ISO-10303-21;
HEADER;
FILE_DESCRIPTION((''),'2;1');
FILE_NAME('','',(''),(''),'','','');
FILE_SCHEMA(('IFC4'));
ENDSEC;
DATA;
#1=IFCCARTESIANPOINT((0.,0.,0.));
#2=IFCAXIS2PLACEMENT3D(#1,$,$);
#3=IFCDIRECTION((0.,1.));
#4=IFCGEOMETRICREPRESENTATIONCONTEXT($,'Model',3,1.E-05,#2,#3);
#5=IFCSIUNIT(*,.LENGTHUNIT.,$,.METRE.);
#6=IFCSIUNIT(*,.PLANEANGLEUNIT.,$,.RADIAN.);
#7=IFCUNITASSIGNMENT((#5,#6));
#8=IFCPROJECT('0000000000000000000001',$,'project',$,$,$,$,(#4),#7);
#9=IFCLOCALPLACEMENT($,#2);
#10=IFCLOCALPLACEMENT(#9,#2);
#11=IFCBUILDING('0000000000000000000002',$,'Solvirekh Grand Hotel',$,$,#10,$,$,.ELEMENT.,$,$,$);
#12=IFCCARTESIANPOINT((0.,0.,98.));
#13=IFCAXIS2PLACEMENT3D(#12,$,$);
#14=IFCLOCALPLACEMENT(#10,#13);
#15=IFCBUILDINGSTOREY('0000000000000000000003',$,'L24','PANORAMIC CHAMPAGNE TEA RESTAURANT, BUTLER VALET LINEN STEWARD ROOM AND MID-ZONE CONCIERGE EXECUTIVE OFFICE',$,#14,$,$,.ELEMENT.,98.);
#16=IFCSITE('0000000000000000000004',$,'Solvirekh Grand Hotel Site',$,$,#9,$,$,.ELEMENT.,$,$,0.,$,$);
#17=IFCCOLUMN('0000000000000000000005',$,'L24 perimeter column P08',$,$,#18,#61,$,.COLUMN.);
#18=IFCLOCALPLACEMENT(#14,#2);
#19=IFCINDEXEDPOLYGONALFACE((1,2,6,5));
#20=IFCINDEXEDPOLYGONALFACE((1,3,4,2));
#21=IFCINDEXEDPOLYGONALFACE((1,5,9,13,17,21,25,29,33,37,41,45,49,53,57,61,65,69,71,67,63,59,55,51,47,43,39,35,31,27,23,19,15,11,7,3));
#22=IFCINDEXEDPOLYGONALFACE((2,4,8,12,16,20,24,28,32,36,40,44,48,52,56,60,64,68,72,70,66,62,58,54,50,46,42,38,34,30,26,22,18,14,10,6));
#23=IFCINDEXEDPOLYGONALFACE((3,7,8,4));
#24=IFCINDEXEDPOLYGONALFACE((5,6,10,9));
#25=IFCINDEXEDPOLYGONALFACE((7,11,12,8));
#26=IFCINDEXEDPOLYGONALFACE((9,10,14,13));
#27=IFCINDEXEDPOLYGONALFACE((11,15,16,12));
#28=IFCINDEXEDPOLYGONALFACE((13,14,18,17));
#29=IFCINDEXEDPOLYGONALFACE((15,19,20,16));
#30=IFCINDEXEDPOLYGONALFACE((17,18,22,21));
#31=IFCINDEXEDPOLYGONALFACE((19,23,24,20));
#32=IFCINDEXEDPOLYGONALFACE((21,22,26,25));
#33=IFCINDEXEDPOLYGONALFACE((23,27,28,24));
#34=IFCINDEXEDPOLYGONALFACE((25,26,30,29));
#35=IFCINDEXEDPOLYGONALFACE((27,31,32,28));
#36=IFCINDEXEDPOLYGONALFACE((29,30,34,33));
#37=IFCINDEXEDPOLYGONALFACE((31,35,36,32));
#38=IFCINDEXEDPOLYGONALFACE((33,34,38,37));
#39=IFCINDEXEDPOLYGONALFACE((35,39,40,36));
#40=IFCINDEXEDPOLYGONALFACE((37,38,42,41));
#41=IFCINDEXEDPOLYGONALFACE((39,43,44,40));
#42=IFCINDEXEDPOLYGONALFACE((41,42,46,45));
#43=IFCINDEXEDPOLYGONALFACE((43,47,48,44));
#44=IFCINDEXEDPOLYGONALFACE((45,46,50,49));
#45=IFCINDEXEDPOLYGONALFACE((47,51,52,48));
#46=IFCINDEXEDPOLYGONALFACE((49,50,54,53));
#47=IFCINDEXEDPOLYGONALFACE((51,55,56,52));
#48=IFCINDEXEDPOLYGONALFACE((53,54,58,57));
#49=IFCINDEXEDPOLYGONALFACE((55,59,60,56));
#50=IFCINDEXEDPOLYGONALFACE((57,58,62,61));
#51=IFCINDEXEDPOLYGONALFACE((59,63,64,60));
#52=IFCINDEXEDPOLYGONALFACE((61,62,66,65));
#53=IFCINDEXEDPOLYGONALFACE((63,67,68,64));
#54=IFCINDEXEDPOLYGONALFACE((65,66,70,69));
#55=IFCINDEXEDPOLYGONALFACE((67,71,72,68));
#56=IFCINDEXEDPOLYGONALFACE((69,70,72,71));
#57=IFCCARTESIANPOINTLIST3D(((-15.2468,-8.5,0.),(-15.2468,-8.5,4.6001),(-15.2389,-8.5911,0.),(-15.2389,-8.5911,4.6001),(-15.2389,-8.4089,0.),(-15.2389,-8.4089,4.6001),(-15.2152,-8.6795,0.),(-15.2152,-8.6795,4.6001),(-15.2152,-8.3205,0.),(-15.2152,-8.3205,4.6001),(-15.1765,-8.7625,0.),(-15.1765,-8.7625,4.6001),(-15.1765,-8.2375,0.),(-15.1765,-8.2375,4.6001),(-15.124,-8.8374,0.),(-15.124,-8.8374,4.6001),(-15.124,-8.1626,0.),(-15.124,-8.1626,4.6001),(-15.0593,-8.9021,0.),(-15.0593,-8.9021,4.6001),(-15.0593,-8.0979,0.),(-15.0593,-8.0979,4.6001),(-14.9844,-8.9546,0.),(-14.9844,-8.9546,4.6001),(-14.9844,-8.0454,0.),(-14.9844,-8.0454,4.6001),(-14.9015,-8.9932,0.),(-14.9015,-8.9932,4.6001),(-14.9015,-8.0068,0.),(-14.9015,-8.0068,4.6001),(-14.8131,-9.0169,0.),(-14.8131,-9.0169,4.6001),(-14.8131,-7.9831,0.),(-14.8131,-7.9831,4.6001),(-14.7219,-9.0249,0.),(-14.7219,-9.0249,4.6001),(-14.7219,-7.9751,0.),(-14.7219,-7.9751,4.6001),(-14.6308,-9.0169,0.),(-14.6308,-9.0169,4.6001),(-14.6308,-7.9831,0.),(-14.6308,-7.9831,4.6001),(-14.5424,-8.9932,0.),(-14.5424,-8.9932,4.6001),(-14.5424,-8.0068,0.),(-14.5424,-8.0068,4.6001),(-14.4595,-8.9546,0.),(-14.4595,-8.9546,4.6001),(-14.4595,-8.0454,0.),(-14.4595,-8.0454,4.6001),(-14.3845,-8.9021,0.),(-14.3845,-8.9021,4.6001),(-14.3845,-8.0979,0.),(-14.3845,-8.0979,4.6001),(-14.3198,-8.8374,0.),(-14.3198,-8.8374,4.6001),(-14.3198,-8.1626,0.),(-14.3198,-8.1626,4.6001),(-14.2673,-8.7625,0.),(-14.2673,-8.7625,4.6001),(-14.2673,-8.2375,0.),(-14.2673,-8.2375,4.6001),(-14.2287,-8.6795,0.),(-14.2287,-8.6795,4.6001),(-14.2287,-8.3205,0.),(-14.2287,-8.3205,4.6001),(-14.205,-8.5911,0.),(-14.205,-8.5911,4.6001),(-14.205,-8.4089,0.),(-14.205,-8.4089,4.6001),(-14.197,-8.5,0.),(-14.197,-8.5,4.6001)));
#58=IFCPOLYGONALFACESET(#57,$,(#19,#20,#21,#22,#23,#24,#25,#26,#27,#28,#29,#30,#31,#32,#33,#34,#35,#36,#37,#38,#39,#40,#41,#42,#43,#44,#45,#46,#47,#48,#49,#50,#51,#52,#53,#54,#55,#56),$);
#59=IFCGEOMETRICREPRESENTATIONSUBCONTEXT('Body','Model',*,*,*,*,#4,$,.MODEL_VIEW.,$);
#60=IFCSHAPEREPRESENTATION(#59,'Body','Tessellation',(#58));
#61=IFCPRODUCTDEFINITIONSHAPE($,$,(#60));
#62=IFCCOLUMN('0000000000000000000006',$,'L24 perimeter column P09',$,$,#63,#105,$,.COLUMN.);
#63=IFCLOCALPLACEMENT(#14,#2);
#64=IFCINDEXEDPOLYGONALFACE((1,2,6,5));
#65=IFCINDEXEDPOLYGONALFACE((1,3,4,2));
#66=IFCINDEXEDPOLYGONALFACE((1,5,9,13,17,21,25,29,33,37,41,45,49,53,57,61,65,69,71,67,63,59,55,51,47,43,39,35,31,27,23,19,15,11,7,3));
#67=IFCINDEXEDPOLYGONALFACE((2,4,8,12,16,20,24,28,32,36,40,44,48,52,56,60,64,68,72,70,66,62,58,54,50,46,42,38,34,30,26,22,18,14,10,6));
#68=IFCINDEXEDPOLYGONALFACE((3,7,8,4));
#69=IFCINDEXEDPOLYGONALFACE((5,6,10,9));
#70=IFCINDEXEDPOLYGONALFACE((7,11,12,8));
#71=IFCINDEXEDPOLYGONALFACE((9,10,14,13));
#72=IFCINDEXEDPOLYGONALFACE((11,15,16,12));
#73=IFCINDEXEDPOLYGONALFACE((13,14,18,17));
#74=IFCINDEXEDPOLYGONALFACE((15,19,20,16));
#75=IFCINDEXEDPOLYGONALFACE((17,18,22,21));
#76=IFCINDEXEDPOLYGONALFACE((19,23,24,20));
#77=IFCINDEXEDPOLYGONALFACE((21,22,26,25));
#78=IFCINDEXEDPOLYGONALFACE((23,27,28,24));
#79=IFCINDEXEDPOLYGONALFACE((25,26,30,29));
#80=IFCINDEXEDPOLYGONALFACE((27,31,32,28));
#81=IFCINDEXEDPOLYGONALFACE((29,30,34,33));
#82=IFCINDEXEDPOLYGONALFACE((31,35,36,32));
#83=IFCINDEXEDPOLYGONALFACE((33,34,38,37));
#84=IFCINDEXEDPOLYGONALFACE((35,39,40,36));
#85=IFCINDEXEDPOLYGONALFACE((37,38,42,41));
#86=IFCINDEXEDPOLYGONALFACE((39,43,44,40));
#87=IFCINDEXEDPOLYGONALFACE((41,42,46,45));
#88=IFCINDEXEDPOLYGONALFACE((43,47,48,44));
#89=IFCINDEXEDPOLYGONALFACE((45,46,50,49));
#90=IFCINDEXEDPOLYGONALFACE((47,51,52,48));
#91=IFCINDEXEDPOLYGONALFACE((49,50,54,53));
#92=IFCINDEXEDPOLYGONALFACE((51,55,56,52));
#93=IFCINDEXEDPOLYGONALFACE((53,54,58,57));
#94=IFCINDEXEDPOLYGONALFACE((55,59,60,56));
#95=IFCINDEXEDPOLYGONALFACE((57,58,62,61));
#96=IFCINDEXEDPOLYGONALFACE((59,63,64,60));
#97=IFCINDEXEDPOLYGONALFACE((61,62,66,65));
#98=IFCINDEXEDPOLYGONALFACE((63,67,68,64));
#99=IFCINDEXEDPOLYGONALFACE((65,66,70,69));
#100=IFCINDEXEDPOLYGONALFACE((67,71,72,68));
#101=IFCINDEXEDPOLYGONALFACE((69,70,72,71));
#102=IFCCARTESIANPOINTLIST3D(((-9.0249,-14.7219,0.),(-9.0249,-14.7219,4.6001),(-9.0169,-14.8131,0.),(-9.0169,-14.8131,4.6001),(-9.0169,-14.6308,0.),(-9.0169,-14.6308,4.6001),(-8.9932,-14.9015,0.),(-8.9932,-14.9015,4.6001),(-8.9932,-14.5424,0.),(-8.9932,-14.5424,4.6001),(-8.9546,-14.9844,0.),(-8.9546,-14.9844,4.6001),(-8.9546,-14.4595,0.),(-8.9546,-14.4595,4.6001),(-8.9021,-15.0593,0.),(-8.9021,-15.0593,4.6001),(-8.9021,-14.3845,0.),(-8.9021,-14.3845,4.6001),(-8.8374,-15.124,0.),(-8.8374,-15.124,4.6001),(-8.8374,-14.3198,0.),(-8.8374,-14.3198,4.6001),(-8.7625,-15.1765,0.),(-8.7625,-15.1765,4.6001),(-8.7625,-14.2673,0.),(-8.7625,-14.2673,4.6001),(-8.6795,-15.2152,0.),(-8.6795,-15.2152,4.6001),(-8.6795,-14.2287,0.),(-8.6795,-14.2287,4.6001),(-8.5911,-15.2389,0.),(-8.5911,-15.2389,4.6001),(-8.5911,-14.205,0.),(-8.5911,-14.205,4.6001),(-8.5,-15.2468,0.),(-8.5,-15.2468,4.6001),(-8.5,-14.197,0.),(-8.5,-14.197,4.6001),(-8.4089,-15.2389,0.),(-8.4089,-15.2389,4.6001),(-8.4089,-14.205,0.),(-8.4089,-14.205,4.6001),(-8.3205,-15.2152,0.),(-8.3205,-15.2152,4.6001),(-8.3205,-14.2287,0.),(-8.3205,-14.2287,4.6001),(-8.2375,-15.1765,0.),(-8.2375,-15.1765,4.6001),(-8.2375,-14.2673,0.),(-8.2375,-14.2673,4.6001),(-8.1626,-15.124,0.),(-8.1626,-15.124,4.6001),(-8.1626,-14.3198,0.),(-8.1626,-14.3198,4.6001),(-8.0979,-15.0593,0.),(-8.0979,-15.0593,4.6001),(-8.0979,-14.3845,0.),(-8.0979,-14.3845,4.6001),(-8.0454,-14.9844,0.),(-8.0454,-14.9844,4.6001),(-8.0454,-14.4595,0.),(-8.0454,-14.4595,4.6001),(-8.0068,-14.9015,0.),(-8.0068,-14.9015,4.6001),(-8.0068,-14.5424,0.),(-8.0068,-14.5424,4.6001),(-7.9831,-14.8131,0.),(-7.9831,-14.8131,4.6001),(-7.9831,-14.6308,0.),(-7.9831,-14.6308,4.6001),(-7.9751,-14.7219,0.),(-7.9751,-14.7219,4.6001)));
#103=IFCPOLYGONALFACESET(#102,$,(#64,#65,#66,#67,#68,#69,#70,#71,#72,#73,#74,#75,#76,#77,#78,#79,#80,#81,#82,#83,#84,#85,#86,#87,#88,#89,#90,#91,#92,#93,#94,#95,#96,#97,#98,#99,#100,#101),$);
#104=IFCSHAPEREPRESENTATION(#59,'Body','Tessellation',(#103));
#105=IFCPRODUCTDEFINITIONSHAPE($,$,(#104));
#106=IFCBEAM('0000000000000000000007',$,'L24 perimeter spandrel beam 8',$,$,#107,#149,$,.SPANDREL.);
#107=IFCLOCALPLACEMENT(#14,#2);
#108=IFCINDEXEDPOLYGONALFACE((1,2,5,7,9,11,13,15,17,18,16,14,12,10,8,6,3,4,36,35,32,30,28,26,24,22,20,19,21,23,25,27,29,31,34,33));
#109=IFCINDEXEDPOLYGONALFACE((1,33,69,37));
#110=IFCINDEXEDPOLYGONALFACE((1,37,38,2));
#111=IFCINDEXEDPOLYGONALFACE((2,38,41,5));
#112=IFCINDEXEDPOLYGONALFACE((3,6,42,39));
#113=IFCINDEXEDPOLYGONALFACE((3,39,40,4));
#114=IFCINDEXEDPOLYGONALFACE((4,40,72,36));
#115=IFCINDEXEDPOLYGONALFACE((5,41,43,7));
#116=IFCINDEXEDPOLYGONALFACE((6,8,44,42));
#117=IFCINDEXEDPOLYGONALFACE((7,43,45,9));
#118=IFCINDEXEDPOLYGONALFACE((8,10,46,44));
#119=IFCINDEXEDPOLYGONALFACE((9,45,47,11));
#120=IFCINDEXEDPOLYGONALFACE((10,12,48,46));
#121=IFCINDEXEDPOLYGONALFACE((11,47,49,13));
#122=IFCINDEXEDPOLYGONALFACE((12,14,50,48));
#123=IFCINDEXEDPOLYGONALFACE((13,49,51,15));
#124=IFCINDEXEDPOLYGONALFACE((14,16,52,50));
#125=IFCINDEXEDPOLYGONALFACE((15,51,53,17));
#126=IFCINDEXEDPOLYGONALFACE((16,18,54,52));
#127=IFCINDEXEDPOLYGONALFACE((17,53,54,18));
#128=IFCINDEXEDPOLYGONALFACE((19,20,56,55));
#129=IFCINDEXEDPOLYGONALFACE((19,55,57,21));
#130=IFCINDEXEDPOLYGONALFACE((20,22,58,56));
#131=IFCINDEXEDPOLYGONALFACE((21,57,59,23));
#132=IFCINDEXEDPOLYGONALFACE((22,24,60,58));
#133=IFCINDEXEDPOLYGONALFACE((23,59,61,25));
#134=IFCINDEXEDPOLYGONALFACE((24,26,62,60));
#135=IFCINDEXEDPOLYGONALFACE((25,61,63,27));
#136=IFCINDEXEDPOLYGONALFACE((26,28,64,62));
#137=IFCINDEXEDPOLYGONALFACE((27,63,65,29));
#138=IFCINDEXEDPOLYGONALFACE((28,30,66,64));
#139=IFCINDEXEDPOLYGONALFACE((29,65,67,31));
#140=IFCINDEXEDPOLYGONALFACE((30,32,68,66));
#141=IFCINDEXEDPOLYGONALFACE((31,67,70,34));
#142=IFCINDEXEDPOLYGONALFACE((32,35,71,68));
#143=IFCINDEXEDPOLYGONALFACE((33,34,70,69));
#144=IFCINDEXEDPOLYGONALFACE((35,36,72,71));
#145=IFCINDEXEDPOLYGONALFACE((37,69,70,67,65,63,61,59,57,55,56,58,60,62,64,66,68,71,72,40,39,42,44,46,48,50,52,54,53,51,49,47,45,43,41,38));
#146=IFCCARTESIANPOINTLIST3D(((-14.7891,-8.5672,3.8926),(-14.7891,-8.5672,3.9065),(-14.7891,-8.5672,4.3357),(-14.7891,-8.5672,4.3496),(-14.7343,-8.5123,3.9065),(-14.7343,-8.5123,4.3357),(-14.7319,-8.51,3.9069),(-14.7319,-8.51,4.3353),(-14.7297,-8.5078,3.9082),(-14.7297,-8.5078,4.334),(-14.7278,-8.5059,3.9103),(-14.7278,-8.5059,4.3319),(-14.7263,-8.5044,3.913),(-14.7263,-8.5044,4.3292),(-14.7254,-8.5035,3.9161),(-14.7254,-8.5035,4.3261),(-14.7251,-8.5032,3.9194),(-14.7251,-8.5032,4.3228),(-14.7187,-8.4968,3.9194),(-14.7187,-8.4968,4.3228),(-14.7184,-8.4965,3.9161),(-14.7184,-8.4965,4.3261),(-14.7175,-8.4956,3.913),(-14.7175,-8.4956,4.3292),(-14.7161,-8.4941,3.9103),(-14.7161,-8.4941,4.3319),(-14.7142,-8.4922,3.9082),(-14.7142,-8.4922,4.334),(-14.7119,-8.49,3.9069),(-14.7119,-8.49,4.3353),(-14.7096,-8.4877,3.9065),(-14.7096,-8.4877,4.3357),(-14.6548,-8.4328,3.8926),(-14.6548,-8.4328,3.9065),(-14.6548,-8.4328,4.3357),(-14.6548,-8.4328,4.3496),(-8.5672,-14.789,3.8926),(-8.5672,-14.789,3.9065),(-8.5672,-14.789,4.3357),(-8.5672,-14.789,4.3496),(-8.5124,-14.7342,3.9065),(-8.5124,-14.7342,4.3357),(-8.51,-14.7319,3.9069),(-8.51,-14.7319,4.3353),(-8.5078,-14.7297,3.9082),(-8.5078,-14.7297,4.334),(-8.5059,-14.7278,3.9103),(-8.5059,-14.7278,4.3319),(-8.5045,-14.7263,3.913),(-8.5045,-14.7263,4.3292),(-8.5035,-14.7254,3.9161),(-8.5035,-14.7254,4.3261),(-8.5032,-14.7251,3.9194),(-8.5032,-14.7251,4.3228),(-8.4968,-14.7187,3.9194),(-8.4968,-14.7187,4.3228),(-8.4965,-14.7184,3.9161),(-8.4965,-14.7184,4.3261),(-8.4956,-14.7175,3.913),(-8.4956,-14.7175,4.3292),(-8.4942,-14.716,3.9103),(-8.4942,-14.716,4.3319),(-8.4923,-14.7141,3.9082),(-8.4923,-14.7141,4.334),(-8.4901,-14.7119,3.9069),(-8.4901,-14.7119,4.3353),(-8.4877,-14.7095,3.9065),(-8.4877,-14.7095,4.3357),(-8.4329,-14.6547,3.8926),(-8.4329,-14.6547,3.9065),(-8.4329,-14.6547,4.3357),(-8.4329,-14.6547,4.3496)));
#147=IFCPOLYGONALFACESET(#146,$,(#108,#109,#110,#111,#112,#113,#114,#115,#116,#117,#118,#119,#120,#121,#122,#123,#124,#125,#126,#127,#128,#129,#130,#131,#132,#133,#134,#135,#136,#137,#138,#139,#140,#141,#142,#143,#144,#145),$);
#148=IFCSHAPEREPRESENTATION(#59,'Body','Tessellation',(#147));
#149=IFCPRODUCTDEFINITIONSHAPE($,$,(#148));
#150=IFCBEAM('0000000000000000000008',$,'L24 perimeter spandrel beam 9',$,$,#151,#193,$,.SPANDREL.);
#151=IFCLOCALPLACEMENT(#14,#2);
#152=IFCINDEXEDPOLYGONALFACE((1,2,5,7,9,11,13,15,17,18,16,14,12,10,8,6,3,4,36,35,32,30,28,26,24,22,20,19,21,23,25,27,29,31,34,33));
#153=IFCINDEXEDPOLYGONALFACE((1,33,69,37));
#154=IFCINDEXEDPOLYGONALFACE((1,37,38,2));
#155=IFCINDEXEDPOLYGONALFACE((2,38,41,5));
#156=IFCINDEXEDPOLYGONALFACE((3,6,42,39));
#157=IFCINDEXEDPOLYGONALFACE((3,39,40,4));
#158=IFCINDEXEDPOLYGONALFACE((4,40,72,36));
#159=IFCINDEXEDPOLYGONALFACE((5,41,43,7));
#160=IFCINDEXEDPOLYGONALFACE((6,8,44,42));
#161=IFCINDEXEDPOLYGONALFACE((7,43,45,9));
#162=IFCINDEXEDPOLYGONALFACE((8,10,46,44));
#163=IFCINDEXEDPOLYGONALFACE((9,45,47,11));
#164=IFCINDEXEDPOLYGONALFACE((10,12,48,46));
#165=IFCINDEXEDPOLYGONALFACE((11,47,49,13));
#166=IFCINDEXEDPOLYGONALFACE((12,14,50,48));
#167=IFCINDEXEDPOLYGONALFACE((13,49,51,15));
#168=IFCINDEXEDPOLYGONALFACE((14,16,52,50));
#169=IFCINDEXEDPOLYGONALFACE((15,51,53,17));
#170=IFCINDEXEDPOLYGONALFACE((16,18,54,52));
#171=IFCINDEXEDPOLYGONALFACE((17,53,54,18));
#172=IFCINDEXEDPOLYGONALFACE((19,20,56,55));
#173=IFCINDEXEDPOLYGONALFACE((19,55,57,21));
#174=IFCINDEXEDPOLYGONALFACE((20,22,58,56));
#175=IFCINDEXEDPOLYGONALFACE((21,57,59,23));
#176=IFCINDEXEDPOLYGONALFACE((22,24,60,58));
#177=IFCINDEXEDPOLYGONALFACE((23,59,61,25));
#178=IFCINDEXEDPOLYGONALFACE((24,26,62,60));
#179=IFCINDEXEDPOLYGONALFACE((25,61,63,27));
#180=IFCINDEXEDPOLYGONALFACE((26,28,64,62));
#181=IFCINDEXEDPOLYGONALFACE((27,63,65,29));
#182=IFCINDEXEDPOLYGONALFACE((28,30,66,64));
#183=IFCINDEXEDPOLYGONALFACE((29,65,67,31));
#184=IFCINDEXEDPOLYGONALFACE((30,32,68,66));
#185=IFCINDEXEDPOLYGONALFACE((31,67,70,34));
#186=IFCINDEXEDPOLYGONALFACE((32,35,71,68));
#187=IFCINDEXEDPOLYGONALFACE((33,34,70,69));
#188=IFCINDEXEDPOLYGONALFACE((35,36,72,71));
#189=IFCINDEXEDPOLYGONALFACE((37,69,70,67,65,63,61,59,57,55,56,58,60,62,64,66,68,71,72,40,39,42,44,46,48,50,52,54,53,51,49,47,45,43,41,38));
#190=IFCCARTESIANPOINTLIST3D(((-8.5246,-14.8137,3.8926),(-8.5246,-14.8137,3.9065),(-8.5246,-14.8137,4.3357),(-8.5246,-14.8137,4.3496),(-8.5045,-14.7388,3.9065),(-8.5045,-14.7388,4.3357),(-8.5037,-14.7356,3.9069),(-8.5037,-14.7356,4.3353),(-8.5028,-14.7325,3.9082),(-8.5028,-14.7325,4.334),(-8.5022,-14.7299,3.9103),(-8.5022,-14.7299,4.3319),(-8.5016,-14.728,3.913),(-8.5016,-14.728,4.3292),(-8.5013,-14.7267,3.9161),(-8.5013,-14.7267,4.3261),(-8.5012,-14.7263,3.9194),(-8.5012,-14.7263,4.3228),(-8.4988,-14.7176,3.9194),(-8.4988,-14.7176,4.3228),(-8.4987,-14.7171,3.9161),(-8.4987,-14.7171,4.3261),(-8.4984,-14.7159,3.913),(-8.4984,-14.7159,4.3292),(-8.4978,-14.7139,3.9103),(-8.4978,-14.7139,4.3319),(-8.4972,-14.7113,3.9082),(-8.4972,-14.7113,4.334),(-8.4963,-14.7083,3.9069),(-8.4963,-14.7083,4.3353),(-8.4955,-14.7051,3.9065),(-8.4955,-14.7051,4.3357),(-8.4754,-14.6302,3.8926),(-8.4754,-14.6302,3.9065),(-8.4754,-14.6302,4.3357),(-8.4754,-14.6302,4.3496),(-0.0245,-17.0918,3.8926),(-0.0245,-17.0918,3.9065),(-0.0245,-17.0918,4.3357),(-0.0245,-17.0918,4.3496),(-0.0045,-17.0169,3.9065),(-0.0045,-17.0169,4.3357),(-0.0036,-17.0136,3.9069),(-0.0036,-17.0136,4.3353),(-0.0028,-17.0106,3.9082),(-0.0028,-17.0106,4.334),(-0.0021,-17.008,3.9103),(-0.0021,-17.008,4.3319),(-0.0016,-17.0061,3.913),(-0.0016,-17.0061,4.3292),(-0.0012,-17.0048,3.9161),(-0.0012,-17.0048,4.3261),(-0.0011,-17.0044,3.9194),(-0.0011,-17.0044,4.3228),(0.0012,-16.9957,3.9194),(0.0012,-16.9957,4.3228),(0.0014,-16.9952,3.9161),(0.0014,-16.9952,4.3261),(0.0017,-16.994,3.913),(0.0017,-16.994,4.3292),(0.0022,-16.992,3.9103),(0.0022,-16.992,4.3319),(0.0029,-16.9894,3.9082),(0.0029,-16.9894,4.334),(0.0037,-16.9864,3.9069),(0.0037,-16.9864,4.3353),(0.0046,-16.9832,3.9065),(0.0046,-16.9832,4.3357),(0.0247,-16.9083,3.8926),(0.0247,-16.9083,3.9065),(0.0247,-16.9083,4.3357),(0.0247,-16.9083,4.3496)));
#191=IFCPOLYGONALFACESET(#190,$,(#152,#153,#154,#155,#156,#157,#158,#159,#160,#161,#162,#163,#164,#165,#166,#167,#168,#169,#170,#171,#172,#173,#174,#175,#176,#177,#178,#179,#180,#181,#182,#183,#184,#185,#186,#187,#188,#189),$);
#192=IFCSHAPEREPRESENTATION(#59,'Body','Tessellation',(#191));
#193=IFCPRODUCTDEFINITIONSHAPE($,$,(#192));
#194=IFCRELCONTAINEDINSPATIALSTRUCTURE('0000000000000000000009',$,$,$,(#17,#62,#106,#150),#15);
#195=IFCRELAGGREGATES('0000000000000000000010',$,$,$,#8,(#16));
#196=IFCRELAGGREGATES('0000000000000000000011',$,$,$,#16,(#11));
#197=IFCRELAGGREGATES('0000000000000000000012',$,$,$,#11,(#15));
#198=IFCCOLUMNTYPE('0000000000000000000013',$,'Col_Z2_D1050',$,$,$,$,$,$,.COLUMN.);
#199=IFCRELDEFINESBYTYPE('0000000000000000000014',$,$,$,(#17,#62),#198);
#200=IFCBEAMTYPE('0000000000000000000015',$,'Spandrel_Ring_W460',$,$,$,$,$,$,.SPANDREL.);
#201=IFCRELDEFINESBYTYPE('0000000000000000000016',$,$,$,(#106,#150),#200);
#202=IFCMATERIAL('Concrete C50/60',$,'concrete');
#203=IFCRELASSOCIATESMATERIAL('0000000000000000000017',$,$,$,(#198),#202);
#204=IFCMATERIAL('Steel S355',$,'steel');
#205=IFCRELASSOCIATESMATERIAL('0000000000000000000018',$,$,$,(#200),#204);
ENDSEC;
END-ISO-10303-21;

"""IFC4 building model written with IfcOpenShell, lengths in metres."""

from ifc_helpers import new_model, si_unit, direction, frame, origin, origin_2d, place, context, subcontext, project, spatial, circle, i_section, extrude, material, material_profile, profile_set, type_object, element, save


model = new_model("IFC4")

# Units and contexts
model_context = context("Model", 3, precision=1e-05, world=origin(), true_north=direction((0.0, 1.0)))
body_context = subcontext(model_context, "Body", "Model", "MODEL_VIEW")
ifc_project = project(units=[si_unit("LENGTHUNIT", "METRE"), si_unit("PLANEANGLEUNIT", "RADIAN")], contexts=[model_context])

# Site, building, storey
site_placement = place(None, origin())
site = spatial("IfcSite", under=ifc_project, at=site_placement, Name="Solvirekh Grand Hotel Site", CompositionType="ELEMENT", RefElevation=0.0)
building_placement = place(site_placement, origin())
building = spatial("IfcBuilding", under=site, at=building_placement, Name="Solvirekh Grand Hotel", CompositionType="ELEMENT")
storey_placement = place(building_placement, frame((0.0, 0.0, 98.0)))
storey = spatial("IfcBuildingStorey", under=building, at=storey_placement, Name="L24", Description="PANORAMIC CHAMPAGNE TEA RESTAURANT, BUTLER VALET LINEN STEWARD ROOM AND MID-ZONE CONCIERGE EXECUTIVE OFFICE", CompositionType="ELEMENT", Elevation=98.0)

# Columns
ifc_material_1 = material(Name="Concrete C50/60", Category="concrete")
ifc_material_profile_1 = material_profile(ifc_material_1, circle(Radius=0.5249, at=origin_2d()), Name="RC CIRC D1050")
ifc_profile_set_1 = profile_set([ifc_material_profile_1], Name="Concrete C50/60")
column_type = type_object("IfcColumnType", Name="Col_Z2_D1050", PredefinedType="COLUMN", material=ifc_profile_set_1)
for number, where, z_axis, x_axis, name in (
    (1, (-14.7219, -8.5, 0.0), (0.0, 0.0, 1.0), (1.0, 0.0, 0.0), "L24 perimeter column P08"),
    (2, (-8.5, -14.7219, 0.0), (0.0, 0.0, 1.0), (1.0, 0.0, 0.0), "L24 perimeter column P09"),
):
    element("IfcColumn", number, at=place(storey_placement, frame(where, z_axis=z_axis, x_axis=x_axis)), inside=storey, type_object=column_type, Name=name, PredefinedType="COLUMN", context=body_context, shape_type="SweptSolid", body=[
        extrude(circle(Radius=0.5249, at=origin_2d()), origin(), (0.0, 0.0, 1.0), 4.6001),
    ])

# Beams
ifc_material_2 = material(Name="Steel S355", Category="steel")
ifc_material_profile_2 = material_profile(ifc_material_2, i_section(OverallWidth=0.1899, OverallDepth=0.457, WebThickness=0.009, FlangeThickness=0.0139, FilletRadius=0.0129, at=origin_2d()), Name="W460X74")
ifc_profile_set_2 = profile_set([ifc_material_profile_2], Name="Steel S355")
beam_type = type_object("IfcBeamType", Name="Spandrel_Ring_W460", PredefinedType="SPANDREL", material=ifc_profile_set_2)
beam_1_placement = place(storey_placement, frame((-14.7219, -8.5, 4.1211), z_axis=(0.707107, -0.707107, 0.0), x_axis=(0.707107, 0.707107, 0.0)))
element("IfcBeam", 3, at=beam_1_placement, inside=storey, type_object=beam_type, Name="L24 perimeter spandrel beam 8", PredefinedType="SPANDREL", context=body_context, shape_type="SweptSolid", body=[
    extrude(i_section(OverallWidth=0.1899, OverallDepth=0.457, WebThickness=0.009, FlangeThickness=0.0139, FilletRadius=0.0129, at=origin_2d()), origin(), (0.0, 0.0, 1.0), 8.7991),
])
beam_2_placement = place(storey_placement, frame((-8.5, -14.7219, 4.1211), z_axis=(0.965911, -0.258873, 0.0), x_axis=(0.258873, 0.965911, 0.0)))
element("IfcBeam", 4, at=beam_2_placement, inside=storey, type_object=beam_type, Name="L24 perimeter spandrel beam 9", PredefinedType="SPANDREL", context=body_context, shape_type="SweptSolid", body=[
    extrude(i_section(OverallWidth=0.1899, OverallDepth=0.457, WebThickness=0.009, FlangeThickness=0.0139, FilletRadius=0.0129, at=origin_2d()), origin(), (0.0, 0.0, 1.0), 8.8),
])

save(model, "model.ifc")
